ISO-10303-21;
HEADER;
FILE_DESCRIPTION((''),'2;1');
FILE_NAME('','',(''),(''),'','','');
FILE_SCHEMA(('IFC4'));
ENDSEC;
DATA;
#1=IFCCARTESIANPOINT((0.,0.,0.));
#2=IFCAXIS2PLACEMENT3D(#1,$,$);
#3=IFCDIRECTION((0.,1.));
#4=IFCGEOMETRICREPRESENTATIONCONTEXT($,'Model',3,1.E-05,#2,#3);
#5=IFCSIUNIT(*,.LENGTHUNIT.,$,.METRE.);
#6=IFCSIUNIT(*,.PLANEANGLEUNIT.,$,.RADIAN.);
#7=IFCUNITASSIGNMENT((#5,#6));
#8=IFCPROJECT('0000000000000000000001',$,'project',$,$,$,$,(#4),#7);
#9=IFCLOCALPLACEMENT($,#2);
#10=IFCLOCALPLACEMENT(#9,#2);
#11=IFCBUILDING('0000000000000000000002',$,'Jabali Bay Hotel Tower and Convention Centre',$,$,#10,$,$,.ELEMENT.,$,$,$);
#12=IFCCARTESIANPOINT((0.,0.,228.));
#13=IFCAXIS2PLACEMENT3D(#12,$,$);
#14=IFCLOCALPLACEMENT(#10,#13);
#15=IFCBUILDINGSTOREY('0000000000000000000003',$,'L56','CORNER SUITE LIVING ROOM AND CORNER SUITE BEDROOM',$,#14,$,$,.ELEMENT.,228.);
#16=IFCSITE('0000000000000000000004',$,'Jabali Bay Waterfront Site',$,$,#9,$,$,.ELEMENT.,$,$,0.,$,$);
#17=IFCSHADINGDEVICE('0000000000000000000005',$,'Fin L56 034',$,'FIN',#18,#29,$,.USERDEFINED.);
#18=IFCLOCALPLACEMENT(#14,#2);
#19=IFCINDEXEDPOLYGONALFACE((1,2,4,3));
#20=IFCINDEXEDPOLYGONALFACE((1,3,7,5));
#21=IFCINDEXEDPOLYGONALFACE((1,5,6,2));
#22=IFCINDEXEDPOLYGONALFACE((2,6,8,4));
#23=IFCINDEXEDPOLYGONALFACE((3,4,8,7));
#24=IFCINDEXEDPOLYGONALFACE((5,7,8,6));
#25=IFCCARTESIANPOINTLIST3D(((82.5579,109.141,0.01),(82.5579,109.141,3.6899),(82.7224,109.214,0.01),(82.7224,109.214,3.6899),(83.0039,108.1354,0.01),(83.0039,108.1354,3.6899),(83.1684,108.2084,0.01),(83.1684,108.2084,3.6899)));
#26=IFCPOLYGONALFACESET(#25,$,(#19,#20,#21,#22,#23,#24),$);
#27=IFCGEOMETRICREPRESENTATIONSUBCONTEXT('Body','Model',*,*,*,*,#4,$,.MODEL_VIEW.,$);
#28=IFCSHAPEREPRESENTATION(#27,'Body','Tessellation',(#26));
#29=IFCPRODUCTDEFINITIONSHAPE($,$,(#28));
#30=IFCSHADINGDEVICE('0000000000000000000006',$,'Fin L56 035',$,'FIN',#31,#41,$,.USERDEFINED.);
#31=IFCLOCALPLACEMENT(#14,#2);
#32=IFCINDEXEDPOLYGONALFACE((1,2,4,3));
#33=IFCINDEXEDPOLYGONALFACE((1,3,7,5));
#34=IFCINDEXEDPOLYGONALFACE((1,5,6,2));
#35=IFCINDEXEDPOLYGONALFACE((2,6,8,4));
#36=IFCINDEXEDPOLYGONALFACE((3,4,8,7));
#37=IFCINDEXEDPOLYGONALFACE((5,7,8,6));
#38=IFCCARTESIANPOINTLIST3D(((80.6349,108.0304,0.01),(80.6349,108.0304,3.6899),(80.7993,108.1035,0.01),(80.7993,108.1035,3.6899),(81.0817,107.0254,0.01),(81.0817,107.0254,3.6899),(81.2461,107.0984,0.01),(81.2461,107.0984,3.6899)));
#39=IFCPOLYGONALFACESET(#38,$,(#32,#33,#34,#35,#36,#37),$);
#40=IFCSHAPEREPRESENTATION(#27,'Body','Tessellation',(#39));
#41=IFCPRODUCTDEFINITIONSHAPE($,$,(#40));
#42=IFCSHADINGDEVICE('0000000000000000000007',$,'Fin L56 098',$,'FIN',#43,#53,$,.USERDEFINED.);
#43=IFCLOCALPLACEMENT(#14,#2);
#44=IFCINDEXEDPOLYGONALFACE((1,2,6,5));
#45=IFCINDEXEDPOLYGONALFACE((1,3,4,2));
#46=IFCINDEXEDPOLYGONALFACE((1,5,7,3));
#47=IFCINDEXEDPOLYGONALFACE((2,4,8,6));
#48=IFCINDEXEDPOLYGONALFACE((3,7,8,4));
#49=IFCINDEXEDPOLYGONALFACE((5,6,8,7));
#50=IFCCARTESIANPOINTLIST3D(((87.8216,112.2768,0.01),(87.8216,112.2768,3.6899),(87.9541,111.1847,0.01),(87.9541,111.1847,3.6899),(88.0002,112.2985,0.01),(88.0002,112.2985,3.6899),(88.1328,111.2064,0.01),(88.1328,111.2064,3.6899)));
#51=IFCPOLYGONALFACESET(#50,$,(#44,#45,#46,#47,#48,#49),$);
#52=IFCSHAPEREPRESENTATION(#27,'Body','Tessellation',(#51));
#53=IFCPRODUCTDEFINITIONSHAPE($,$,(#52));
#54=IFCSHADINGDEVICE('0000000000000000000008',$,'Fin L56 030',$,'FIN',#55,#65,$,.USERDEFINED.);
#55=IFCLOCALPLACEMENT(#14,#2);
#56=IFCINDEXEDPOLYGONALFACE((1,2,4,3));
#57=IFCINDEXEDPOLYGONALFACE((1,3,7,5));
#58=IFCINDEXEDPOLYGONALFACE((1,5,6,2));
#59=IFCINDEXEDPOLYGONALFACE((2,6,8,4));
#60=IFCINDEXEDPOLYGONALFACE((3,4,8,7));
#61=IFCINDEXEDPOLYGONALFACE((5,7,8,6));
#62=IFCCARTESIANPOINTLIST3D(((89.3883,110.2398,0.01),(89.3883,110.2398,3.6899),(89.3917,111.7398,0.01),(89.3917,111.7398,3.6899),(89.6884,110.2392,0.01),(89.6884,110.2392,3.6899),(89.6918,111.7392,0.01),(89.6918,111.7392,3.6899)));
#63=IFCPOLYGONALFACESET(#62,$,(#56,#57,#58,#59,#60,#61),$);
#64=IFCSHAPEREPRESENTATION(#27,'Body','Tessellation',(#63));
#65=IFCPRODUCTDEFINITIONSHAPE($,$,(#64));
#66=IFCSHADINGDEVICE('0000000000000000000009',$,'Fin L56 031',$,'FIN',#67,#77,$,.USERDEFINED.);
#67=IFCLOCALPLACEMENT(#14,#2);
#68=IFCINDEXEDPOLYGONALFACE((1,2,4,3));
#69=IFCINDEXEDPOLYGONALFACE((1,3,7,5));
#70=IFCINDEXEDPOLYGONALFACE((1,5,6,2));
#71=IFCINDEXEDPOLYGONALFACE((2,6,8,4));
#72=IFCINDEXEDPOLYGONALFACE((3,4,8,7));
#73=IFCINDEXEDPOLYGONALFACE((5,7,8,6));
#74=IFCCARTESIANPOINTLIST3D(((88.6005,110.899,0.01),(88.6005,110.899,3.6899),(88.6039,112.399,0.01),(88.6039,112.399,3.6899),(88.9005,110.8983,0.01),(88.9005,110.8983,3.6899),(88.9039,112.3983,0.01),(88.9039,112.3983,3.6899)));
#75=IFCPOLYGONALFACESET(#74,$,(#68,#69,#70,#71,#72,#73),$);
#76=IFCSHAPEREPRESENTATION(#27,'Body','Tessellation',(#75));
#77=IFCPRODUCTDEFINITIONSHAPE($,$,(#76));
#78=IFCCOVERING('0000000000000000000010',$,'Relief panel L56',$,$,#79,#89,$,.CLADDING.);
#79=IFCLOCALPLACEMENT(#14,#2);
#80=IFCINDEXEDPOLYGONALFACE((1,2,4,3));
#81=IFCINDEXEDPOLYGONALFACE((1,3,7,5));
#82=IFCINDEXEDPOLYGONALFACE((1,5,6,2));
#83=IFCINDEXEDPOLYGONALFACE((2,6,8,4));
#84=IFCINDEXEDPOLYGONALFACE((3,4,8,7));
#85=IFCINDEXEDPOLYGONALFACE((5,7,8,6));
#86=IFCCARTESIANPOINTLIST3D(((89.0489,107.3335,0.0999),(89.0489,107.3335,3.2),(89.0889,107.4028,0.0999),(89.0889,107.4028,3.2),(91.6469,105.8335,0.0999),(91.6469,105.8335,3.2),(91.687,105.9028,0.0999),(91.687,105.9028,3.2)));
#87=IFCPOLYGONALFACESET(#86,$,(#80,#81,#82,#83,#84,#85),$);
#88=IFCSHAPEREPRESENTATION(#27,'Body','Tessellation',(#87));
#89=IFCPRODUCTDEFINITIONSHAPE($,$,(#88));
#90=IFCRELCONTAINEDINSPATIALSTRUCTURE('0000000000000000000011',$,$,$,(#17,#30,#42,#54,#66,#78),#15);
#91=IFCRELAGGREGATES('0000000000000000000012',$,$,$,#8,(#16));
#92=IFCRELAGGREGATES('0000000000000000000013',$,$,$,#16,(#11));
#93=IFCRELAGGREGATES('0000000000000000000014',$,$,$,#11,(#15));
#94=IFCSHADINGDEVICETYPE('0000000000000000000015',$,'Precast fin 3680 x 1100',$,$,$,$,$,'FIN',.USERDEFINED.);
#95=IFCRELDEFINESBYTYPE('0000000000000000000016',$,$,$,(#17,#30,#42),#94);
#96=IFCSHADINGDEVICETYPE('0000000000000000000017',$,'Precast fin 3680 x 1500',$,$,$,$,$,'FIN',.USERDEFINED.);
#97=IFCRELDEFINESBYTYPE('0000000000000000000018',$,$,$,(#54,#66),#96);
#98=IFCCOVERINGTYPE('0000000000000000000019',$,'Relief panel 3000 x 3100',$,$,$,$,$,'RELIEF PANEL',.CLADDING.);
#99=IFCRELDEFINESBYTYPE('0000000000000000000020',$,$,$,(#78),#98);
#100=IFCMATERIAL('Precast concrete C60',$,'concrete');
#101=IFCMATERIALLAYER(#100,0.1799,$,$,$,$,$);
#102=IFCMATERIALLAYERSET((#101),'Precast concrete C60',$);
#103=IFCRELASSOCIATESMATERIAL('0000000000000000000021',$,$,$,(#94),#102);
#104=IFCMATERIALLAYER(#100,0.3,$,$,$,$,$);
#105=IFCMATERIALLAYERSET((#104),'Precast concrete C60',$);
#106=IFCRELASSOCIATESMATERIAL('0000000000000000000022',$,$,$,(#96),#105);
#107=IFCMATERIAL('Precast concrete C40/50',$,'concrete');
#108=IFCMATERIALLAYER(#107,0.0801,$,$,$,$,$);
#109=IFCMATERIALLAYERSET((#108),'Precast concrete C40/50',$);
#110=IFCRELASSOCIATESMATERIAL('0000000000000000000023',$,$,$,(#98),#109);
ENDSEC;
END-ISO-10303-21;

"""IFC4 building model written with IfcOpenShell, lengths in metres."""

from ifc_helpers import new_model, si_unit, direction, frame, frame_2d, origin, origin_2d, place, context, subcontext, project, spatial, rectangle, extrude, material, layer, layer_set, type_object, element, save


model = new_model("IFC4")

# Units and contexts
model_context = context("Model", 3, precision=1e-05, world=origin(), true_north=direction((0.0, 1.0)))
body_context = subcontext(model_context, "Body", "Model", "MODEL_VIEW")
ifc_project = project(units=[si_unit("LENGTHUNIT", "METRE"), si_unit("PLANEANGLEUNIT", "RADIAN")], contexts=[model_context])

# Site, building, storey
site_placement = place(None, origin())
site = spatial("IfcSite", under=ifc_project, at=site_placement, Name="Jabali Bay Waterfront Site", CompositionType="ELEMENT", RefElevation=0.0)
building_placement = place(site_placement, origin())
building = spatial("IfcBuilding", under=site, at=building_placement, Name="Jabali Bay Hotel Tower and Convention Centre", CompositionType="ELEMENT")
storey_placement = place(building_placement, frame((0.0, 0.0, 228.0)))
storey = spatial("IfcBuildingStorey", under=building, at=storey_placement, Name="L56", Description="CORNER SUITE LIVING ROOM AND CORNER SUITE BEDROOM", CompositionType="ELEMENT", Elevation=228.0)

# Shading devices
ifc_material_1 = material(Name="Precast concrete C60", Category="concrete")
ifc_layer_1 = layer(ifc_material_1, 0.1799)
ifc_layer_set_1 = layer_set([ifc_layer_1], Name="Precast concrete C60")
shading_device_type_1 = type_object("IfcShadingDeviceType", Name="Precast fin 3680 x 1100", ElementType="FIN", PredefinedType="USERDEFINED", material=ifc_layer_set_1)
for number, where, z_axis, x_axis, name in (
    (1, (83.0862, 108.1719, 0.01), (0.0, 0.0, 1.0), (-0.405459, 0.914113, 0.0), "Fin L56 034"),
):
    element("IfcShadingDevice", number, at=place(storey_placement, frame(where, z_axis=z_axis, x_axis=x_axis)), inside=storey, type_object=shading_device_type_1, Name=name, ObjectType="FIN", PredefinedType="USERDEFINED", context=body_context, shape_type="SweptSolid", body=[
        extrude(rectangle(XDim=1.1001, YDim=0.1799, at=frame_2d((0.55, 0.0))), origin(), (0.0, 0.0, 1.0), 3.6799),
    ])
shading_device_1_placement = place(storey_placement, frame((81.1638, 107.062, 0.01), z_axis=(0.0, 0.0, 1.0), x_axis=(-0.40618, 0.913793, 0.0)))
element("IfcShadingDevice", 2, at=shading_device_1_placement, inside=storey, type_object=shading_device_type_1, Name="Fin L56 035", ObjectType="FIN", PredefinedType="USERDEFINED", context=body_context, shape_type="SweptSolid", body=[
    extrude(rectangle(XDim=1.0999, YDim=0.1799, at=frame_2d((0.5498, 0.0))), origin(), (0.0, 0.0, 1.0), 3.6799),
])
shading_device_2_placement = place(storey_placement, frame((88.0435, 111.1956, 0.01), z_axis=(0.0, 0.0, 1.0), x_axis=(-0.12051, 0.992712, 0.0)))
element("IfcShadingDevice", 3, at=shading_device_2_placement, inside=storey, type_object=shading_device_type_1, Name="Fin L56 098", ObjectType="FIN", PredefinedType="USERDEFINED", context=body_context, shape_type="SweptSolid", body=[
    extrude(rectangle(XDim=1.1001, YDim=0.1799, at=frame_2d((0.55, 0.0))), origin(), (0.0, 0.0, 1.0), 3.6799),
])
ifc_layer_2 = layer(ifc_material_1, 0.3)
ifc_layer_set_2 = layer_set([ifc_layer_2], Name="Precast concrete C60")
shading_device_type_2 = type_object("IfcShadingDeviceType", Name="Precast fin 3680 x 1500", ElementType="FIN", PredefinedType="USERDEFINED", material=ifc_layer_set_2)
for number, where, z_axis, x_axis, name in (
    (4, (89.5383, 110.2395, 0.01), (0.0, 0.0, 1.0), (0.002279, 0.999997, 0.0), "Fin L56 030"),
    (5, (88.7505, 110.8987, 0.01), (0.0, 0.0, 1.0), (0.002279, 0.999997, 0.0), "Fin L56 031"),
):
    element("IfcShadingDevice", number, at=place(storey_placement, frame(where, z_axis=z_axis, x_axis=x_axis)), inside=storey, type_object=shading_device_type_2, Name=name, ObjectType="FIN", PredefinedType="USERDEFINED", context=body_context, shape_type="SweptSolid", body=[
        extrude(rectangle(XDim=1.5, YDim=0.3, at=frame_2d((0.75, 0.0))), origin(), (0.0, 0.0, 1.0), 3.6799),
    ])

# Covering
ifc_material_2 = material(Name="Precast concrete C40/50", Category="concrete")
ifc_layer_3 = layer(ifc_material_2, 0.0801)
ifc_layer_set_3 = layer_set([ifc_layer_3], Name="Precast concrete C40/50")
covering_type = type_object("IfcCoveringType", Name="Relief panel 3000 x 3100", ElementType="RELIEF PANEL", PredefinedType="CLADDING", material=ifc_layer_set_3)
covering_placement = place(storey_placement, frame((90.3679, 106.6182, 0.0999), z_axis=(0.0, 0.0, 1.0), x_axis=(0.866025, -0.5, 0.0)))
element("IfcCovering", 6, at=covering_placement, inside=storey, type_object=covering_type, Name="Relief panel L56", PredefinedType="CLADDING", context=body_context, shape_type="SweptSolid", body=[
    extrude(rectangle(XDim=3.0, YDim=0.0801, at=origin_2d()), origin(), (0.0, 0.0, 1.0), 3.1001),
])

save(model, "model.ifc")
